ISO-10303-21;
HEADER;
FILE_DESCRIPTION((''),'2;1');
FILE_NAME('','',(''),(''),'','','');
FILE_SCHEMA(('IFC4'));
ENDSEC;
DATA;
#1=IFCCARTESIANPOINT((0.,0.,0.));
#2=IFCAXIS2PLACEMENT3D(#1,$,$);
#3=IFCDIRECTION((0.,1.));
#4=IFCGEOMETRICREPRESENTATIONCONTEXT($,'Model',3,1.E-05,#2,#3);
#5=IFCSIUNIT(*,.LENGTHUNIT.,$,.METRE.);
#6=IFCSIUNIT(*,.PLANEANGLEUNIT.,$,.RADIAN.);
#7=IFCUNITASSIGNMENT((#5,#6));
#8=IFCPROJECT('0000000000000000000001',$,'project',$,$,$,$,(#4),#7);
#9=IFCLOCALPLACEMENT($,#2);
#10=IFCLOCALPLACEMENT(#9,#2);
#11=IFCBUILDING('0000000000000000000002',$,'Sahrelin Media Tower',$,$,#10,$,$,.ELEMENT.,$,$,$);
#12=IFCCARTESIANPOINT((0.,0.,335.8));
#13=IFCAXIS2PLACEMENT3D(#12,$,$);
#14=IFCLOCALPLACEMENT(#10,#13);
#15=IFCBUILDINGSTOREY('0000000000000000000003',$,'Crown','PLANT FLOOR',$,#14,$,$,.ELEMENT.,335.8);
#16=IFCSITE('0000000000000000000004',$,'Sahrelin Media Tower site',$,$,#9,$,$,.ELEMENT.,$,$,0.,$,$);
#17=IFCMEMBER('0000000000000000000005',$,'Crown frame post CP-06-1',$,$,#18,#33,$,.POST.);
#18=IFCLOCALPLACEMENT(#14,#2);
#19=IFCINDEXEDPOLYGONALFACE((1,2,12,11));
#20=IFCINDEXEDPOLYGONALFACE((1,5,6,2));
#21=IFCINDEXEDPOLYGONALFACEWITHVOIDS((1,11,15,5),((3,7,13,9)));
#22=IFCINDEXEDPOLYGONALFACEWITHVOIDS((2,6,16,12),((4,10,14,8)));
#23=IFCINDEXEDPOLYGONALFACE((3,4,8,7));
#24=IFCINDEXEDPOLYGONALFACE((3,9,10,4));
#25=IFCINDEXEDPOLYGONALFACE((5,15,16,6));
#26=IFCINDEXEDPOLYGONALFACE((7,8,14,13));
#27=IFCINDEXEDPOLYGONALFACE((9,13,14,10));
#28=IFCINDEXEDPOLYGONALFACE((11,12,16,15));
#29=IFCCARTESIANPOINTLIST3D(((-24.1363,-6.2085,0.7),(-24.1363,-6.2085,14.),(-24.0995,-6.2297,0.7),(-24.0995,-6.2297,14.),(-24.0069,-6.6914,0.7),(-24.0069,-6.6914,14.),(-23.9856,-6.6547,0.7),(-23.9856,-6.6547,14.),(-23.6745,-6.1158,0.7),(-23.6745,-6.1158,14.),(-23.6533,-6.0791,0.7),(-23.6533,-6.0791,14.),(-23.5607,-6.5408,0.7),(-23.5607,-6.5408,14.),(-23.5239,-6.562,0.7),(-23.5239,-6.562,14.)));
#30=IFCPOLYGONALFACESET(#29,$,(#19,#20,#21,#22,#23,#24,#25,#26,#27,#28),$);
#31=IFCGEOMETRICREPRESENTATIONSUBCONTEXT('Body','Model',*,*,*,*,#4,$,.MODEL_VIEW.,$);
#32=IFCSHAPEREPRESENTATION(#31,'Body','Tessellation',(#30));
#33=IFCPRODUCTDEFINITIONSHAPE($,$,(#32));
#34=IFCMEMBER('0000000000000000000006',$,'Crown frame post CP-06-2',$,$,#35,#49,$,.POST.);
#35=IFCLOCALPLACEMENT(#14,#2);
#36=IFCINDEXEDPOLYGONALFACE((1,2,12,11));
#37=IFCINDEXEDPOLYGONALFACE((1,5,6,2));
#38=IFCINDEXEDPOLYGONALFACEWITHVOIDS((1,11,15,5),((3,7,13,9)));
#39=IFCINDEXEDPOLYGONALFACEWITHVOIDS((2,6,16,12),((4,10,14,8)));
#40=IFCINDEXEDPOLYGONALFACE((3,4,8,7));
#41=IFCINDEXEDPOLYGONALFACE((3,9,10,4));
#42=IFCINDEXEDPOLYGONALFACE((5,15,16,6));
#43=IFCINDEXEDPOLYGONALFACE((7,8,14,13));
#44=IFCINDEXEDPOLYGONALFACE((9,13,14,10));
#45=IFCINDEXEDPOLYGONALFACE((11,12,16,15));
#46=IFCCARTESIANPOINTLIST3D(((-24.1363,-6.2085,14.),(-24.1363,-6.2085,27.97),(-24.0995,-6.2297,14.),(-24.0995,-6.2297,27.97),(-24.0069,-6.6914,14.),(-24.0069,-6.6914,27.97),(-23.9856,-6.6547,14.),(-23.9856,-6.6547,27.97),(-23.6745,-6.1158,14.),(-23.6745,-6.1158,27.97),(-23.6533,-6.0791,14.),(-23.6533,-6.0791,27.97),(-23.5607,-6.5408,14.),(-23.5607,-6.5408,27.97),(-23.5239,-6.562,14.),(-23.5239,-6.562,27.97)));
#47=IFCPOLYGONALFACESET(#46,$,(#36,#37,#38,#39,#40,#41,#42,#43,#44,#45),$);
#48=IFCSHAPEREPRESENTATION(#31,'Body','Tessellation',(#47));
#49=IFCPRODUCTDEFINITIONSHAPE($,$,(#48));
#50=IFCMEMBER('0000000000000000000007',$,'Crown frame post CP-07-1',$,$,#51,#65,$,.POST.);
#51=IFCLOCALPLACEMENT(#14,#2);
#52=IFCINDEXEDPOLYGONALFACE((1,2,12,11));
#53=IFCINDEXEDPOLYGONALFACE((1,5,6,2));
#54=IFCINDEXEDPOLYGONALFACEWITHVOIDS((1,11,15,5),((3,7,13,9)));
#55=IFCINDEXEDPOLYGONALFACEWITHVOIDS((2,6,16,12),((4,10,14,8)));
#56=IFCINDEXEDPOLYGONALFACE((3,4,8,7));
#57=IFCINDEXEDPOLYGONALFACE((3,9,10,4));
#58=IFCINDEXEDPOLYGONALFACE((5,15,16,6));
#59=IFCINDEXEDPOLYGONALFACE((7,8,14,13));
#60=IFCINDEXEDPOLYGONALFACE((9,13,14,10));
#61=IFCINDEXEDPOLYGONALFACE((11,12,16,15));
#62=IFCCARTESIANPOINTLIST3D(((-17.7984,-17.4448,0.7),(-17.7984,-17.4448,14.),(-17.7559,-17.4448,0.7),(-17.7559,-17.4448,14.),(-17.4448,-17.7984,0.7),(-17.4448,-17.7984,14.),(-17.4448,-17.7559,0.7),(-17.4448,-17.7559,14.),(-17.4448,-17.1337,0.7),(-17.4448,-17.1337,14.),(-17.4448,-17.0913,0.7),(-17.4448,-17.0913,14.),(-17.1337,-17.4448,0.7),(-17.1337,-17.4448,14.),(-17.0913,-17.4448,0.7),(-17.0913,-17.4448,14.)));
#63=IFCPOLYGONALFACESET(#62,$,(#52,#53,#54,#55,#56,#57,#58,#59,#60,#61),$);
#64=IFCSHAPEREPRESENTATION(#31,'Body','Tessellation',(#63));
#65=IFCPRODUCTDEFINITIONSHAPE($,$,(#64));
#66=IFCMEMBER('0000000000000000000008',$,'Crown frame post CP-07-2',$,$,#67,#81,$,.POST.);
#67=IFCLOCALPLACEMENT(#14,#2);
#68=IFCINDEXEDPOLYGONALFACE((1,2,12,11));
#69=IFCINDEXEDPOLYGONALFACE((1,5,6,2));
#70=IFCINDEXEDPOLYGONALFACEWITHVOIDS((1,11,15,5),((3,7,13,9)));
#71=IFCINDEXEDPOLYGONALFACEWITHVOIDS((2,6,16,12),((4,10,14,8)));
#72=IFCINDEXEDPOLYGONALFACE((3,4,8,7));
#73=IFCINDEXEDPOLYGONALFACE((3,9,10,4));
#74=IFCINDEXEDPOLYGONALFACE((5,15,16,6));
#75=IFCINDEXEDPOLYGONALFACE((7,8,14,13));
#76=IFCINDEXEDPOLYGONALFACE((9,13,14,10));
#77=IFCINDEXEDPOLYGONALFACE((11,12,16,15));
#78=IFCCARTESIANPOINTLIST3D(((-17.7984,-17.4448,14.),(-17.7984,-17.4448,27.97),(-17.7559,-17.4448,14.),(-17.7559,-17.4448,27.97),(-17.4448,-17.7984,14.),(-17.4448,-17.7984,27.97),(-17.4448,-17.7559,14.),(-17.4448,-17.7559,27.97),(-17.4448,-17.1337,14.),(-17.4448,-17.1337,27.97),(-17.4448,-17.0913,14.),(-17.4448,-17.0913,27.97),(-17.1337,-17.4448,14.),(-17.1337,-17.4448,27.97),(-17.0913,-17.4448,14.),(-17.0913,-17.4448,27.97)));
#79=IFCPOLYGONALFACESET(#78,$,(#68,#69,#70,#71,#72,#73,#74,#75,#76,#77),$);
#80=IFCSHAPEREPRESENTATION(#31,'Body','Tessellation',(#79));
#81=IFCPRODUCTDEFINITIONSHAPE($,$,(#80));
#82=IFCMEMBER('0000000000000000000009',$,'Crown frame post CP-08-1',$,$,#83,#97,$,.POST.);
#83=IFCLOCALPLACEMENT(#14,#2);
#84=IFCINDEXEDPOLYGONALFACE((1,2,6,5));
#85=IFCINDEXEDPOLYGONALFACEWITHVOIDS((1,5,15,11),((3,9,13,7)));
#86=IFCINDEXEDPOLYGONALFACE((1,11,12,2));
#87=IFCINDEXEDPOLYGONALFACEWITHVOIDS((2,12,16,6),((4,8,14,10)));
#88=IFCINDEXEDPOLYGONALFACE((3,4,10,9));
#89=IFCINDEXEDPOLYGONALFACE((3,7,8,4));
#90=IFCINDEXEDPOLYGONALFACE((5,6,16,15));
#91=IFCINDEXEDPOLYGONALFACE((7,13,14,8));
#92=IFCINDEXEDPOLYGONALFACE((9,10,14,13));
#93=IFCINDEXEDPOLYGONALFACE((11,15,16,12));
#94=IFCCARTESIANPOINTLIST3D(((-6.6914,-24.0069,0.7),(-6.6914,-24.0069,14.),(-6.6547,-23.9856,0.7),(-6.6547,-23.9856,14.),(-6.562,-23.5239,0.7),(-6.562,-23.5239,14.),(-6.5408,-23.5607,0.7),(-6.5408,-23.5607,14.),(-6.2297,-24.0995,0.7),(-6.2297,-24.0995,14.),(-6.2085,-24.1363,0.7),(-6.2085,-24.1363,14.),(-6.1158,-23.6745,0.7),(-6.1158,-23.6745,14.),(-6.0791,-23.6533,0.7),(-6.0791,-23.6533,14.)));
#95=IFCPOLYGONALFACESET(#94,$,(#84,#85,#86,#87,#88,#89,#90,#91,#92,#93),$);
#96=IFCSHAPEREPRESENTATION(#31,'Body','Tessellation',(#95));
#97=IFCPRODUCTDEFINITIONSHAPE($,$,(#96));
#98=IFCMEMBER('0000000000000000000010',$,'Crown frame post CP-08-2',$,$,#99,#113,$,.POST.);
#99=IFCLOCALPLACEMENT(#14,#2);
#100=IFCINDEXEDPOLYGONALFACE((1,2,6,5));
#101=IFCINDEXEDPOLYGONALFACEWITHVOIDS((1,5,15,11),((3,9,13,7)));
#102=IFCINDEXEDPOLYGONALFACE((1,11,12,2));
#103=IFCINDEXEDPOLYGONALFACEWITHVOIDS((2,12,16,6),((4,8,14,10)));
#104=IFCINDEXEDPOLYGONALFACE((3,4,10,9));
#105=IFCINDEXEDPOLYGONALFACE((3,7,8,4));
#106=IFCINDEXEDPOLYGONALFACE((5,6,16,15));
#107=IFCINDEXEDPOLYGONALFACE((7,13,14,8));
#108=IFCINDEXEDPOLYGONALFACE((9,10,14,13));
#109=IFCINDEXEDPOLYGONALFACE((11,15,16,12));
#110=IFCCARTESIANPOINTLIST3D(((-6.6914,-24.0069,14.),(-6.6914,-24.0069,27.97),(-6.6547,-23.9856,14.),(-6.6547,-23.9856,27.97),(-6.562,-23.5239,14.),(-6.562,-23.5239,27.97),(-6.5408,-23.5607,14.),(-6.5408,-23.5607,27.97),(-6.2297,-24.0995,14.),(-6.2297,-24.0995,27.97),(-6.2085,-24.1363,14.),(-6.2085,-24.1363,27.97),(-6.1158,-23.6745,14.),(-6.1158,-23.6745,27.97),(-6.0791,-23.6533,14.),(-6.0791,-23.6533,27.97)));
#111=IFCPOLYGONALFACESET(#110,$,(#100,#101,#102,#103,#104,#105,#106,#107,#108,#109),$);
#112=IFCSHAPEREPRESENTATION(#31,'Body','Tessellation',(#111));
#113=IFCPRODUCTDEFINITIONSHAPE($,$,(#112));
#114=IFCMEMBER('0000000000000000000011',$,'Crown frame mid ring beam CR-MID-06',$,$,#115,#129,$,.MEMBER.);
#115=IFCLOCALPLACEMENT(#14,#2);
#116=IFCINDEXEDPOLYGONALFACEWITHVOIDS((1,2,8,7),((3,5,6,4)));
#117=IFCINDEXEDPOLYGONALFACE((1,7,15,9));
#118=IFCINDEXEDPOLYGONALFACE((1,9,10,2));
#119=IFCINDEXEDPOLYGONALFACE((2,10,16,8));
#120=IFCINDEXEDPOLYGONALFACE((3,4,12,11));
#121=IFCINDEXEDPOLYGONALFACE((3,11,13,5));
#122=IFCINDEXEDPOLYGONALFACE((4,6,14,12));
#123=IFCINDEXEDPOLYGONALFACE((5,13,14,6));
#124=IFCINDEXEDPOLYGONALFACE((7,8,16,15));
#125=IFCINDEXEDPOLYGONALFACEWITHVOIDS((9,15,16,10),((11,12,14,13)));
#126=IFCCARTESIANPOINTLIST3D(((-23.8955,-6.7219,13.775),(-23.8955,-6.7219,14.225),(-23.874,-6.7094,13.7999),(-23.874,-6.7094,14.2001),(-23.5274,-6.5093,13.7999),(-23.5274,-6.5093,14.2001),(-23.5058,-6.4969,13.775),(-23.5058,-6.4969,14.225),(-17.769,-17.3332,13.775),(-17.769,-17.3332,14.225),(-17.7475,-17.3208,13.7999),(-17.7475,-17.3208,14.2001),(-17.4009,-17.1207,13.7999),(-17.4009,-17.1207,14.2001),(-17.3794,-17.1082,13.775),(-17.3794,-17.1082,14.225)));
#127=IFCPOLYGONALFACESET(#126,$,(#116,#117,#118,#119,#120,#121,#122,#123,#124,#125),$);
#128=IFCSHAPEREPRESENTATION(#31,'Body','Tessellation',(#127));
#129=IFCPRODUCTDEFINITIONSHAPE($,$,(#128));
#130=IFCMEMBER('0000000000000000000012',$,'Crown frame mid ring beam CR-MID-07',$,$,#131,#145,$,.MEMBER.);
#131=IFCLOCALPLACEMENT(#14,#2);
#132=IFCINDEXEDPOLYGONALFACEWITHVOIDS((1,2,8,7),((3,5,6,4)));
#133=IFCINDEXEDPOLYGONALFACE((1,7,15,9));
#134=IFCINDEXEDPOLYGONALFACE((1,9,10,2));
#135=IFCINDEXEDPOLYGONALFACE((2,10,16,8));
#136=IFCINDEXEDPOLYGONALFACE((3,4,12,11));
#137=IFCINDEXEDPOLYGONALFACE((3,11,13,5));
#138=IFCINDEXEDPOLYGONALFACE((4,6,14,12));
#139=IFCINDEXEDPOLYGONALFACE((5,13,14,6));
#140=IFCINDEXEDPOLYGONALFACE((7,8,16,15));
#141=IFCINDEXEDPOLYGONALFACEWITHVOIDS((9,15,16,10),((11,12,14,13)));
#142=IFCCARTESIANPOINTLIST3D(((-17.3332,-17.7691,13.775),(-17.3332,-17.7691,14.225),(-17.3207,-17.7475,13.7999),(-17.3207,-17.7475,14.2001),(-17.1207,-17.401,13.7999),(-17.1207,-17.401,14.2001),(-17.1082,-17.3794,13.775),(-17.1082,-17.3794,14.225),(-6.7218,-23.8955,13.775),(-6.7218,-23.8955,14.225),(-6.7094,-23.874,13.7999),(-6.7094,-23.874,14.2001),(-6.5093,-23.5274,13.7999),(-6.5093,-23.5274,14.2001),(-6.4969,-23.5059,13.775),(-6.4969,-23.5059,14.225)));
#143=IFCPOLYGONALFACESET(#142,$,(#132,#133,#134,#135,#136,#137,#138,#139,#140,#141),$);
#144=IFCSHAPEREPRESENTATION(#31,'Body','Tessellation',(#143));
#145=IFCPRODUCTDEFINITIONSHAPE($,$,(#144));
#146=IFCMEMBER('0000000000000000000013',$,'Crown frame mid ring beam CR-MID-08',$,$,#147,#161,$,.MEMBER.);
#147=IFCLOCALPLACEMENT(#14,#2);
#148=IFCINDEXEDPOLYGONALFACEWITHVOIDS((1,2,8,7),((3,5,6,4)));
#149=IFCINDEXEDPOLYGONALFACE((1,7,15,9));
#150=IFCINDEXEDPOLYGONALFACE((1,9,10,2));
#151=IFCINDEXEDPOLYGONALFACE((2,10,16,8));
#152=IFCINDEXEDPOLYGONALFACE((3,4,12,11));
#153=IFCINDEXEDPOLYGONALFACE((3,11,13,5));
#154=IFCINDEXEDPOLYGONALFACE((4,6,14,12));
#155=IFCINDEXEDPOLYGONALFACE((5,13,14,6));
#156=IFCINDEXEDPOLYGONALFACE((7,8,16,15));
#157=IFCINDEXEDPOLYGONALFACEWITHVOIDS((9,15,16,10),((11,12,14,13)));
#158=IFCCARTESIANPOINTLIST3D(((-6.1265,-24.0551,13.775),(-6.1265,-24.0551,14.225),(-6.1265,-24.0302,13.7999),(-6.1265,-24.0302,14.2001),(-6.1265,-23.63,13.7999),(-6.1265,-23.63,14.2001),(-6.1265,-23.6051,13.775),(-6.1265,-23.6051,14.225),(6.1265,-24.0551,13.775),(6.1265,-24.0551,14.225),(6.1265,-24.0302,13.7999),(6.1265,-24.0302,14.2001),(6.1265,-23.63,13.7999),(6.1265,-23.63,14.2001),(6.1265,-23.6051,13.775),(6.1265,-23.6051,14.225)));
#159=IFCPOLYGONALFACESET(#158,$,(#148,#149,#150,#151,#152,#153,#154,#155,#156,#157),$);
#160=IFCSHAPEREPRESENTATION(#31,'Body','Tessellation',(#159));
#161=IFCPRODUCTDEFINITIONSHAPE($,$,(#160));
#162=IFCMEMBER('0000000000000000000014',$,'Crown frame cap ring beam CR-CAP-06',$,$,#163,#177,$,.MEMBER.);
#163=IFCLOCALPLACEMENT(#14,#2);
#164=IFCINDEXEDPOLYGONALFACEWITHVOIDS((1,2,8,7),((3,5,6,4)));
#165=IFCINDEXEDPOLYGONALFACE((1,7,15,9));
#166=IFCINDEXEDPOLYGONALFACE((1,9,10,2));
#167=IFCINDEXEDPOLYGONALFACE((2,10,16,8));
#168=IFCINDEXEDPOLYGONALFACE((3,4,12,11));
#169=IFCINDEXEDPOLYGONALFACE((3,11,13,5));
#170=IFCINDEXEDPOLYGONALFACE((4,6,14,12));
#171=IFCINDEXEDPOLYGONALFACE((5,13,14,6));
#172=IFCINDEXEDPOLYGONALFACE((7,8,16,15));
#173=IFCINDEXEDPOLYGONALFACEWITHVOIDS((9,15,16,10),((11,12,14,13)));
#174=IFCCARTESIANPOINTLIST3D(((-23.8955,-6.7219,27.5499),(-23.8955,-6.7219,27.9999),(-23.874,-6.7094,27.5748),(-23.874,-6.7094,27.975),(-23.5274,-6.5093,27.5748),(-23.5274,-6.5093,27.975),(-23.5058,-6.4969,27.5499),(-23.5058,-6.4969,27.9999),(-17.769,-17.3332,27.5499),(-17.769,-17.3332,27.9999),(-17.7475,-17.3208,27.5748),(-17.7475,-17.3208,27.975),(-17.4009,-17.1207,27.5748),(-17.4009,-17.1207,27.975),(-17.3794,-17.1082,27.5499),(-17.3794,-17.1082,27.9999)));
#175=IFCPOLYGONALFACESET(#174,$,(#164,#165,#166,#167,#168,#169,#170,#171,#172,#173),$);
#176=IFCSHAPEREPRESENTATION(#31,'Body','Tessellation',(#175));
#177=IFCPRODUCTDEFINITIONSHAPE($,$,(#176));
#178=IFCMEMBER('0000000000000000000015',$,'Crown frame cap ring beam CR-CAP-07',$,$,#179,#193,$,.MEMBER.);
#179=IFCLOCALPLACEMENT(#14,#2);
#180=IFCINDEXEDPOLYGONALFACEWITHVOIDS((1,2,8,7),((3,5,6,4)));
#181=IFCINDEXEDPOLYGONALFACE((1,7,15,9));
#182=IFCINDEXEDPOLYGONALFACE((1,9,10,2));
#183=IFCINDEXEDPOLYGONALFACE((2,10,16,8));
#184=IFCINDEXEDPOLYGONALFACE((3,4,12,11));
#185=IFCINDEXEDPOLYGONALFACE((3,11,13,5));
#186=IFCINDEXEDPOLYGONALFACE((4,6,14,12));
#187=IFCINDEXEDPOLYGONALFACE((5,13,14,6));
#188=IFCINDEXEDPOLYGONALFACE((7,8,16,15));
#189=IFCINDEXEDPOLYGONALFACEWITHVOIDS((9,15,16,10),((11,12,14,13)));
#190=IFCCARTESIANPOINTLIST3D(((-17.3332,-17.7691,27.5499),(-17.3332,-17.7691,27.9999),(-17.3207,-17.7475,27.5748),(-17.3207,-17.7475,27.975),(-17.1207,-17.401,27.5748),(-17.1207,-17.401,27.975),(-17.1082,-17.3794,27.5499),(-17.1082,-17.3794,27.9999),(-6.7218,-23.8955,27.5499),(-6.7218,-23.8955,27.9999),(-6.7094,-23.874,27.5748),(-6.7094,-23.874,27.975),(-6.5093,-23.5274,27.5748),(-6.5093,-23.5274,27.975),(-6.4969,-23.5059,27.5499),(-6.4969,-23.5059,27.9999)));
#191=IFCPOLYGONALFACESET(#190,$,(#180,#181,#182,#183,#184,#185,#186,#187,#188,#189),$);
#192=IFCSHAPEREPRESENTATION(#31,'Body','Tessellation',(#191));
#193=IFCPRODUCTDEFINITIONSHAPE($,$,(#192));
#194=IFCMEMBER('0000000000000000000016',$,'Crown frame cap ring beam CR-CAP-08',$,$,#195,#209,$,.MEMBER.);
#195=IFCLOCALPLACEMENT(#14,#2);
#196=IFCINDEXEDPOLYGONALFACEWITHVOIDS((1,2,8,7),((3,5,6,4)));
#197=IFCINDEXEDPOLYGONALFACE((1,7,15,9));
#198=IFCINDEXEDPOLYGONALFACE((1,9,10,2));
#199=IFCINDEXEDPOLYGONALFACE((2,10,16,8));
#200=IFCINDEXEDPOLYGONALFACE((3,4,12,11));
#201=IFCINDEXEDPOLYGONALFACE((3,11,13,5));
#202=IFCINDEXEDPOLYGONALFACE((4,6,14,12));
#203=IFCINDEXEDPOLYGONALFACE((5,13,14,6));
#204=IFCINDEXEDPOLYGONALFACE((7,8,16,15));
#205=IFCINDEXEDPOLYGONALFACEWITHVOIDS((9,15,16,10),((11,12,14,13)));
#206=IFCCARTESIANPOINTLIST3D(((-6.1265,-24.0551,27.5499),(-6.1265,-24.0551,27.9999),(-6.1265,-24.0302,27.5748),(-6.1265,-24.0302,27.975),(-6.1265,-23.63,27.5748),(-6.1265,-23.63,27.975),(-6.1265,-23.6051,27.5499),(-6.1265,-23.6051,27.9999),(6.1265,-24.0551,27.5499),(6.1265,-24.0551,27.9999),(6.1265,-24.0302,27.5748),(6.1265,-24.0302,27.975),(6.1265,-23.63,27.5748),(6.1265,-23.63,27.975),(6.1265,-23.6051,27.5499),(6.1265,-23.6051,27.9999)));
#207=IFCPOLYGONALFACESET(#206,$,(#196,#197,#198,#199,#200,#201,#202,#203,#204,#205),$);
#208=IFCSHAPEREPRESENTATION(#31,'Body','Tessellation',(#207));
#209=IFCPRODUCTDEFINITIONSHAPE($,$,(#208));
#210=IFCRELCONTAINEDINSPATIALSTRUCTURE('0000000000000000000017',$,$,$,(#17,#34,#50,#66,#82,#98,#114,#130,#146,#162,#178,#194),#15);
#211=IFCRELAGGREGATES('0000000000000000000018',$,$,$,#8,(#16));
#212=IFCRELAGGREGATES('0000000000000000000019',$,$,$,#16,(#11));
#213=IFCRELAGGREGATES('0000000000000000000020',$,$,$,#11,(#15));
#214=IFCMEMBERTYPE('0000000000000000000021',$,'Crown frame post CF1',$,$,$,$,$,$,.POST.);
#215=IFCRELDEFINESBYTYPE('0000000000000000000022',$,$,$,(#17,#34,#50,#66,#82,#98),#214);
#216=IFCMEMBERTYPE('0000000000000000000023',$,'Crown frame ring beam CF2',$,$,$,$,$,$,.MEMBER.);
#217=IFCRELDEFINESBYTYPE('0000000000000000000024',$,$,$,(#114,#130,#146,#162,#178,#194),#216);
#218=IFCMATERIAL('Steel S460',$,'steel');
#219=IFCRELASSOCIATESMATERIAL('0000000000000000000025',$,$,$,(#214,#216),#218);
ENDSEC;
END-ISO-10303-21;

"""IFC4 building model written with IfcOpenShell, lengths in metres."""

from ifc_helpers import new_model, si_unit, direction, frame, origin, origin_2d, place, context, subcontext, project, spatial, hollow_rectangle, extrude, material, material_profile, profile_set, type_object, element, save


model = new_model("IFC4")

# Units and contexts
model_context = context("Model", 3, precision=1e-05, world=origin(), true_north=direction((0.0, 1.0)))
body_context = subcontext(model_context, "Body", "Model", "MODEL_VIEW")
ifc_project = project(units=[si_unit("LENGTHUNIT", "METRE"), si_unit("PLANEANGLEUNIT", "RADIAN")], contexts=[model_context])

# Site, building, storey
site_placement = place(None, origin())
site = spatial("IfcSite", under=ifc_project, at=site_placement, Name="Sahrelin Media Tower site", CompositionType="ELEMENT", RefElevation=0.0)
building_placement = place(site_placement, origin())
building = spatial("IfcBuilding", under=site, at=building_placement, Name="Sahrelin Media Tower", CompositionType="ELEMENT")
storey_placement = place(building_placement, frame((0.0, 0.0, 335.8)))
storey = spatial("IfcBuildingStorey", under=building, at=storey_placement, Name="Crown", Description="PLANT FLOOR", CompositionType="ELEMENT", Elevation=335.8)

# Members
ifc_material_1 = material(Name="Steel S460", Category="steel")
ifc_material_profile_1 = material_profile(ifc_material_1, hollow_rectangle(XDim=0.5, YDim=0.5, WallThickness=0.03, at=origin_2d()), Name="Crown frame post CF1")
ifc_profile_set_1 = profile_set([ifc_material_profile_1], Name="Steel S460")
member_type_1 = type_object("IfcMemberType", Name="Crown frame post CF1", PredefinedType="POST", material=ifc_profile_set_1)
member_1_placement = place(storey_placement, frame((-23.8301, -6.3853, 0.7), z_axis=(0.0, 0.0, 1.0), x_axis=(-0.965926, -0.258819, 0.0)))
element("IfcMember", 1, at=member_1_placement, inside=storey, type_object=member_type_1, Name="Crown frame post CP-06-1", PredefinedType="POST", context=body_context, shape_type="SweptSolid", body=[
    extrude(hollow_rectangle(XDim=0.5, YDim=0.5, WallThickness=0.03, at=origin_2d()), origin(), (0.0, 0.0, 1.0), 13.3),
])
member_2_placement = place(storey_placement, frame((-23.8301, -6.3853, 14.0), z_axis=(0.0, 0.0, 1.0), x_axis=(-0.965926, -0.258819, 0.0)))
element("IfcMember", 2, at=member_2_placement, inside=storey, type_object=member_type_1, Name="Crown frame post CP-06-2", PredefinedType="POST", context=body_context, shape_type="SweptSolid", body=[
    extrude(hollow_rectangle(XDim=0.5, YDim=0.5, WallThickness=0.03, at=origin_2d()), origin(), (0.0, 0.0, 1.0), 13.97),
])
member_3_placement = place(storey_placement, frame((-17.4448, -17.4448, 0.7), z_axis=(0.0, 0.0, 1.0), x_axis=(-0.707107, -0.707107, 0.0)))
element("IfcMember", 3, at=member_3_placement, inside=storey, type_object=member_type_1, Name="Crown frame post CP-07-1", PredefinedType="POST", context=body_context, shape_type="SweptSolid", body=[
    extrude(hollow_rectangle(XDim=0.5, YDim=0.5, WallThickness=0.03, at=origin_2d()), origin(), (0.0, 0.0, 1.0), 13.3),
])
member_4_placement = place(storey_placement, frame((-17.4448, -17.4448, 14.0), z_axis=(0.0, 0.0, 1.0), x_axis=(-0.707107, -0.707107, 0.0)))
element("IfcMember", 4, at=member_4_placement, inside=storey, type_object=member_type_1, Name="Crown frame post CP-07-2", PredefinedType="POST", context=body_context, shape_type="SweptSolid", body=[
    extrude(hollow_rectangle(XDim=0.5, YDim=0.5, WallThickness=0.03, at=origin_2d()), origin(), (0.0, 0.0, 1.0), 13.97),
])
member_5_placement = place(storey_placement, frame((-6.3853, -23.8301, 0.7), z_axis=(0.0, 0.0, 1.0), x_axis=(-0.258819, -0.965926, 0.0)))
element("IfcMember", 5, at=member_5_placement, inside=storey, type_object=member_type_1, Name="Crown frame post CP-08-1", PredefinedType="POST", context=body_context, shape_type="SweptSolid", body=[
    extrude(hollow_rectangle(XDim=0.5, YDim=0.5, WallThickness=0.03, at=origin_2d()), origin(), (0.0, 0.0, 1.0), 13.3),
])
member_6_placement = place(storey_placement, frame((-6.3853, -23.8301, 14.0), z_axis=(0.0, 0.0, 1.0), x_axis=(-0.258819, -0.965926, 0.0)))
element("IfcMember", 6, at=member_6_placement, inside=storey, type_object=member_type_1, Name="Crown frame post CP-08-2", PredefinedType="POST", context=body_context, shape_type="SweptSolid", body=[
    extrude(hollow_rectangle(XDim=0.5, YDim=0.5, WallThickness=0.03, at=origin_2d()), origin(), (0.0, 0.0, 1.0), 13.97),
])
ifc_material_profile_2 = material_profile(ifc_material_1, hollow_rectangle(XDim=0.45, YDim=0.45, WallThickness=0.0249, at=origin_2d()), Name="Crown frame ring beam CF2")
ifc_profile_set_2 = profile_set([ifc_material_profile_2], Name="Steel S460")
member_type_2 = type_object("IfcMemberType", Name="Crown frame ring beam CF2", PredefinedType="MEMBER", material=ifc_profile_set_2)
for number, where, z_axis, x_axis, name in (
    (7, (-23.7007, -6.6094, 14.0), (0.500001, -0.866025, 0.0), (0.866025, 0.500001, 0.0), "Crown frame mid ring beam CR-MID-06"),
    (8, (-17.2207, -17.5742, 14.0), (0.866025, -0.500001, 0.0), (0.500001, 0.866025, 0.0), "Crown frame mid ring beam CR-MID-07"),
    (9, (-6.1265, -23.8301, 14.0), (1.0, 0.0, 0.0), (0.0, 1.0, 0.0), "Crown frame mid ring beam CR-MID-08"),
    (10, (-23.7007, -6.6094, 27.7749), (0.500001, -0.866025, 0.0), (0.866025, 0.500001, 0.0), "Crown frame cap ring beam CR-CAP-06"),
    (11, (-17.2207, -17.5742, 27.7749), (0.866025, -0.500001, 0.0), (0.500001, 0.866025, 0.0), "Crown frame cap ring beam CR-CAP-07"),
    (12, (-6.1265, -23.8301, 27.7749), (1.0, 0.0, 0.0), (0.0, 1.0, 0.0), "Crown frame cap ring beam CR-CAP-08"),
):
    element("IfcMember", number, at=place(storey_placement, frame(where, z_axis=z_axis, x_axis=x_axis)), inside=storey, type_object=member_type_2, Name=name, PredefinedType="MEMBER", context=body_context, shape_type="SweptSolid", body=[
        extrude(hollow_rectangle(XDim=0.45, YDim=0.45, WallThickness=0.0249, at=origin_2d()), origin(), (0.0, 0.0, 1.0), 12.2529),
    ])

save(model, "model.ifc")
